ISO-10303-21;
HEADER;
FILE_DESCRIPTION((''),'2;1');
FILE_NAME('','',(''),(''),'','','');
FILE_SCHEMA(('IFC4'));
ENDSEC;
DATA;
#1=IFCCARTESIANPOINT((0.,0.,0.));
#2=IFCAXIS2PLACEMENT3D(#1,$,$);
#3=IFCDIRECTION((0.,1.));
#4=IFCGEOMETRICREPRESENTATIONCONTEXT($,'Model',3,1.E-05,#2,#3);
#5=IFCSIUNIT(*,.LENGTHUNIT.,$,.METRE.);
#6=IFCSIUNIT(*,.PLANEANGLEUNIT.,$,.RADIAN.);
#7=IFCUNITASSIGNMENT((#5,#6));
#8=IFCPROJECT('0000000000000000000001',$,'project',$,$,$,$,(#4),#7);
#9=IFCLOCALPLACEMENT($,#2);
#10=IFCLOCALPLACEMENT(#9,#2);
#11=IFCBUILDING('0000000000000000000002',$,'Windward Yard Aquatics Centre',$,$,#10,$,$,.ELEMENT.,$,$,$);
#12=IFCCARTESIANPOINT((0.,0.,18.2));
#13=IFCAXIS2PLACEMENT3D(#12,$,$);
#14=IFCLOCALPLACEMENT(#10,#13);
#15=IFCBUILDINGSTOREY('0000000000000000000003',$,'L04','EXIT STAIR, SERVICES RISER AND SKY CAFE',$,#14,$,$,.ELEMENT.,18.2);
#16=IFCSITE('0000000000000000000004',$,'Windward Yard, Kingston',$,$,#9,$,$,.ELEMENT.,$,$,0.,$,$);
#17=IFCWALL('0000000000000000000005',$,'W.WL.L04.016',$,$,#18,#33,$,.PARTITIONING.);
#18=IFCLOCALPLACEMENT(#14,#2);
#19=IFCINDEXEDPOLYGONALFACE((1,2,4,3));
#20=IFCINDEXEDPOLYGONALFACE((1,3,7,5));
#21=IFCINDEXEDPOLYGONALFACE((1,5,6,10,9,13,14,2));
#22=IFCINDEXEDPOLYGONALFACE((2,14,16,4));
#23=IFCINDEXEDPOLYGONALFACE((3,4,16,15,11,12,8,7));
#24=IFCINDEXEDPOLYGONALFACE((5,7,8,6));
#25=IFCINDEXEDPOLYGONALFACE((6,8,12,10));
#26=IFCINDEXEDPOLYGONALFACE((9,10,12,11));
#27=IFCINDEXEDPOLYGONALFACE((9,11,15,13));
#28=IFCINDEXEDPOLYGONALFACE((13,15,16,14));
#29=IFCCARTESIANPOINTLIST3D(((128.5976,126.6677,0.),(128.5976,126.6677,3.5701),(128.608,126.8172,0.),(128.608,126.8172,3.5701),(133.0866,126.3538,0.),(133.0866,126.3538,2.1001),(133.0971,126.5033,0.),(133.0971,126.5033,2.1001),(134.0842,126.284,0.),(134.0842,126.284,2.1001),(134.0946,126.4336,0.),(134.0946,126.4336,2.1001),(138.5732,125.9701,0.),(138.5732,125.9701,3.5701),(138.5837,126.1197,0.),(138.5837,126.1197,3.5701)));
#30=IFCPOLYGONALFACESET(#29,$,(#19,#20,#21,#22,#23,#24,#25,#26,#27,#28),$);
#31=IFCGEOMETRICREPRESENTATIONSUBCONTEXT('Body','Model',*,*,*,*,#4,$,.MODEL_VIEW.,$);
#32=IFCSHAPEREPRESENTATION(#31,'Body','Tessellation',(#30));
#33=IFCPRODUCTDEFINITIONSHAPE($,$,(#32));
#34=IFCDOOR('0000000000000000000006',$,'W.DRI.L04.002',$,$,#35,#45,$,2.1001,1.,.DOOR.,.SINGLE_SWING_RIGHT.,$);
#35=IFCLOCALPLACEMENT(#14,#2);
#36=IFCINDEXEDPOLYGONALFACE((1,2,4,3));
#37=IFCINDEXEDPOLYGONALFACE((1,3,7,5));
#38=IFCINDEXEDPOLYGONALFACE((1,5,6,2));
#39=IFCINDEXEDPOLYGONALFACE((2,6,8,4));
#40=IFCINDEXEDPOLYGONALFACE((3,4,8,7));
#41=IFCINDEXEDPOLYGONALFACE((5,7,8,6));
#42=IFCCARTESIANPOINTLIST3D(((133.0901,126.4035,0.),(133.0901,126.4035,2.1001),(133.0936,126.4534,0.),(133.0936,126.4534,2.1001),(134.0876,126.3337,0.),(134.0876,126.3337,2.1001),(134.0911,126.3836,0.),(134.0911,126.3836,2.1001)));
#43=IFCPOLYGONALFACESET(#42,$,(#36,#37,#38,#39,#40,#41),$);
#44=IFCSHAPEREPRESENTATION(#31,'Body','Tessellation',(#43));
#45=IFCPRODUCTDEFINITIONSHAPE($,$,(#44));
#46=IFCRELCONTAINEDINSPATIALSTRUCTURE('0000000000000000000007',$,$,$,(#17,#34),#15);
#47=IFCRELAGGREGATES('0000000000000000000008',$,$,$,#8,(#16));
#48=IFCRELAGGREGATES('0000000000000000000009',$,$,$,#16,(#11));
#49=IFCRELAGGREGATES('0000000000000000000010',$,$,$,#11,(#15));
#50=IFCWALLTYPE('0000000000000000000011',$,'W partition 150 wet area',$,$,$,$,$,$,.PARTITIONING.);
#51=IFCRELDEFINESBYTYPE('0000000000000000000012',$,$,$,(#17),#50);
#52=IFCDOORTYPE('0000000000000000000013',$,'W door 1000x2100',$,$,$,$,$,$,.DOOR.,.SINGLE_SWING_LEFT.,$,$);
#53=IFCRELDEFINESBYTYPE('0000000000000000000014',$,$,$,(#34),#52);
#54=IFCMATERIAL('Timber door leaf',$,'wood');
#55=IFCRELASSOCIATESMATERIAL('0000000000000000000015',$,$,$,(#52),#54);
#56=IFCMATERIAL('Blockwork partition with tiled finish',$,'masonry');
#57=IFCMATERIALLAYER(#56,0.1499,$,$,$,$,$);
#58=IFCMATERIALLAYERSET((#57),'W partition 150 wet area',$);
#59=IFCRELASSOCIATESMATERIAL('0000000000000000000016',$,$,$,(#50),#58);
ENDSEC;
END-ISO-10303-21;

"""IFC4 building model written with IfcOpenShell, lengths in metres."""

from ifc_helpers import new_model, si_unit, direction, frame, frame_2d, origin, place, context, subcontext, project, spatial, rectangle, extrude, material, layer, layer_set, type_object, element, fill, save


model = new_model("IFC4")

# Units and contexts
model_context = context("Model", 3, precision=1e-05, world=origin(), true_north=direction((0.0, 1.0)))
body_context = subcontext(model_context, "Body", "Model", "MODEL_VIEW")
ifc_project = project(units=[si_unit("LENGTHUNIT", "METRE"), si_unit("PLANEANGLEUNIT", "RADIAN")], contexts=[model_context])

# Site, building, storey
site_placement = place(None, origin())
site = spatial("IfcSite", under=ifc_project, at=site_placement, Name="Windward Yard, Kingston", CompositionType="ELEMENT", RefElevation=0.0)
building_placement = place(site_placement, origin())
building = spatial("IfcBuilding", under=site, at=building_placement, Name="Windward Yard Aquatics Centre", CompositionType="ELEMENT")
storey_placement = place(building_placement, frame((0.0, 0.0, 18.2)))
storey = spatial("IfcBuildingStorey", under=building, at=storey_placement, Name="L04", Description="EXIT STAIR, SERVICES RISER AND SKY CAFE", CompositionType="ELEMENT", Elevation=18.2)

# Shared definitions
ifc_material_1 = material(Name="Timber door leaf", Category="wood")
door_type = type_object("IfcDoorType", Name="W door 1000x2100", OperationType="SINGLE_SWING_LEFT", PredefinedType="DOOR", material=ifc_material_1)

# Shared definitions
ifc_material_2 = material(Name="Blockwork partition with tiled finish", Category="masonry")
ifc_layer_1 = layer(ifc_material_2, 0.1499)
ifc_layer_set_1 = layer_set([ifc_layer_1], Name="W partition 150 wet area")
wall_type_1 = type_object("IfcWallType", Name="W partition 150 wet area", PredefinedType="PARTITIONING", material=ifc_layer_set_1)

# Wall, opening, door
wall_1_placement = place(storey_placement, frame((128.6028, 126.7424, 0.0), z_axis=(0.0, 0.0, 1.0), x_axis=(0.997564, -0.069751, 0.0)))
wall_1 = element("IfcWall", 1, at=wall_1_placement, inside=storey, type_object=wall_type_1, Name="W.WL.L04.016", PredefinedType="PARTITIONING", context=body_context, shape_type="SweptSolid", body=[
    extrude(rectangle(XDim=10.0, YDim=0.1499, at=frame_2d((5.0, 0.0))), origin(), (0.0, 0.0, 1.0), 3.5701),
])
opening_1_placement = place(wall_1_placement, frame((4.5, 0.0, 0.0)))
opening_1 = element("IfcOpeningElement", 2, at=opening_1_placement, cuts=wall_1, PredefinedType="OPENING", context=body_context, shape_type="SweptSolid", body=[
    extrude(rectangle(XDim=1.0, YDim=2.1001, at=frame_2d((0.5, 1.05))), frame((0.0, 0.085, 0.0), z_axis=(0.0, -1.0, 0.0), x_axis=(1.0, 0.0, 0.0)), (0.0, 0.0, 1.0), 0.1699),
])
door_1_placement = place(opening_1_placement, origin())
door_1 = element("IfcDoor", 3, at=door_1_placement, inside=storey, type_object=door_type, Name="W.DRI.L04.002", OperationType="SINGLE_SWING_RIGHT", OverallHeight=2.1001, OverallWidth=1.0, PredefinedType="DOOR", context=body_context, shape_type="SweptSolid", body=[
    extrude(rectangle(XDim=1.0, YDim=2.1001, at=frame_2d((0.5, 1.05))), frame((0.0, 0.0249, 0.0), z_axis=(0.0, -1.0, 0.0), x_axis=(1.0, 0.0, 0.0)), (0.0, 0.0, 1.0), 0.05),
])
fill(opening_1, door_1)

save(model, "model.ifc")
